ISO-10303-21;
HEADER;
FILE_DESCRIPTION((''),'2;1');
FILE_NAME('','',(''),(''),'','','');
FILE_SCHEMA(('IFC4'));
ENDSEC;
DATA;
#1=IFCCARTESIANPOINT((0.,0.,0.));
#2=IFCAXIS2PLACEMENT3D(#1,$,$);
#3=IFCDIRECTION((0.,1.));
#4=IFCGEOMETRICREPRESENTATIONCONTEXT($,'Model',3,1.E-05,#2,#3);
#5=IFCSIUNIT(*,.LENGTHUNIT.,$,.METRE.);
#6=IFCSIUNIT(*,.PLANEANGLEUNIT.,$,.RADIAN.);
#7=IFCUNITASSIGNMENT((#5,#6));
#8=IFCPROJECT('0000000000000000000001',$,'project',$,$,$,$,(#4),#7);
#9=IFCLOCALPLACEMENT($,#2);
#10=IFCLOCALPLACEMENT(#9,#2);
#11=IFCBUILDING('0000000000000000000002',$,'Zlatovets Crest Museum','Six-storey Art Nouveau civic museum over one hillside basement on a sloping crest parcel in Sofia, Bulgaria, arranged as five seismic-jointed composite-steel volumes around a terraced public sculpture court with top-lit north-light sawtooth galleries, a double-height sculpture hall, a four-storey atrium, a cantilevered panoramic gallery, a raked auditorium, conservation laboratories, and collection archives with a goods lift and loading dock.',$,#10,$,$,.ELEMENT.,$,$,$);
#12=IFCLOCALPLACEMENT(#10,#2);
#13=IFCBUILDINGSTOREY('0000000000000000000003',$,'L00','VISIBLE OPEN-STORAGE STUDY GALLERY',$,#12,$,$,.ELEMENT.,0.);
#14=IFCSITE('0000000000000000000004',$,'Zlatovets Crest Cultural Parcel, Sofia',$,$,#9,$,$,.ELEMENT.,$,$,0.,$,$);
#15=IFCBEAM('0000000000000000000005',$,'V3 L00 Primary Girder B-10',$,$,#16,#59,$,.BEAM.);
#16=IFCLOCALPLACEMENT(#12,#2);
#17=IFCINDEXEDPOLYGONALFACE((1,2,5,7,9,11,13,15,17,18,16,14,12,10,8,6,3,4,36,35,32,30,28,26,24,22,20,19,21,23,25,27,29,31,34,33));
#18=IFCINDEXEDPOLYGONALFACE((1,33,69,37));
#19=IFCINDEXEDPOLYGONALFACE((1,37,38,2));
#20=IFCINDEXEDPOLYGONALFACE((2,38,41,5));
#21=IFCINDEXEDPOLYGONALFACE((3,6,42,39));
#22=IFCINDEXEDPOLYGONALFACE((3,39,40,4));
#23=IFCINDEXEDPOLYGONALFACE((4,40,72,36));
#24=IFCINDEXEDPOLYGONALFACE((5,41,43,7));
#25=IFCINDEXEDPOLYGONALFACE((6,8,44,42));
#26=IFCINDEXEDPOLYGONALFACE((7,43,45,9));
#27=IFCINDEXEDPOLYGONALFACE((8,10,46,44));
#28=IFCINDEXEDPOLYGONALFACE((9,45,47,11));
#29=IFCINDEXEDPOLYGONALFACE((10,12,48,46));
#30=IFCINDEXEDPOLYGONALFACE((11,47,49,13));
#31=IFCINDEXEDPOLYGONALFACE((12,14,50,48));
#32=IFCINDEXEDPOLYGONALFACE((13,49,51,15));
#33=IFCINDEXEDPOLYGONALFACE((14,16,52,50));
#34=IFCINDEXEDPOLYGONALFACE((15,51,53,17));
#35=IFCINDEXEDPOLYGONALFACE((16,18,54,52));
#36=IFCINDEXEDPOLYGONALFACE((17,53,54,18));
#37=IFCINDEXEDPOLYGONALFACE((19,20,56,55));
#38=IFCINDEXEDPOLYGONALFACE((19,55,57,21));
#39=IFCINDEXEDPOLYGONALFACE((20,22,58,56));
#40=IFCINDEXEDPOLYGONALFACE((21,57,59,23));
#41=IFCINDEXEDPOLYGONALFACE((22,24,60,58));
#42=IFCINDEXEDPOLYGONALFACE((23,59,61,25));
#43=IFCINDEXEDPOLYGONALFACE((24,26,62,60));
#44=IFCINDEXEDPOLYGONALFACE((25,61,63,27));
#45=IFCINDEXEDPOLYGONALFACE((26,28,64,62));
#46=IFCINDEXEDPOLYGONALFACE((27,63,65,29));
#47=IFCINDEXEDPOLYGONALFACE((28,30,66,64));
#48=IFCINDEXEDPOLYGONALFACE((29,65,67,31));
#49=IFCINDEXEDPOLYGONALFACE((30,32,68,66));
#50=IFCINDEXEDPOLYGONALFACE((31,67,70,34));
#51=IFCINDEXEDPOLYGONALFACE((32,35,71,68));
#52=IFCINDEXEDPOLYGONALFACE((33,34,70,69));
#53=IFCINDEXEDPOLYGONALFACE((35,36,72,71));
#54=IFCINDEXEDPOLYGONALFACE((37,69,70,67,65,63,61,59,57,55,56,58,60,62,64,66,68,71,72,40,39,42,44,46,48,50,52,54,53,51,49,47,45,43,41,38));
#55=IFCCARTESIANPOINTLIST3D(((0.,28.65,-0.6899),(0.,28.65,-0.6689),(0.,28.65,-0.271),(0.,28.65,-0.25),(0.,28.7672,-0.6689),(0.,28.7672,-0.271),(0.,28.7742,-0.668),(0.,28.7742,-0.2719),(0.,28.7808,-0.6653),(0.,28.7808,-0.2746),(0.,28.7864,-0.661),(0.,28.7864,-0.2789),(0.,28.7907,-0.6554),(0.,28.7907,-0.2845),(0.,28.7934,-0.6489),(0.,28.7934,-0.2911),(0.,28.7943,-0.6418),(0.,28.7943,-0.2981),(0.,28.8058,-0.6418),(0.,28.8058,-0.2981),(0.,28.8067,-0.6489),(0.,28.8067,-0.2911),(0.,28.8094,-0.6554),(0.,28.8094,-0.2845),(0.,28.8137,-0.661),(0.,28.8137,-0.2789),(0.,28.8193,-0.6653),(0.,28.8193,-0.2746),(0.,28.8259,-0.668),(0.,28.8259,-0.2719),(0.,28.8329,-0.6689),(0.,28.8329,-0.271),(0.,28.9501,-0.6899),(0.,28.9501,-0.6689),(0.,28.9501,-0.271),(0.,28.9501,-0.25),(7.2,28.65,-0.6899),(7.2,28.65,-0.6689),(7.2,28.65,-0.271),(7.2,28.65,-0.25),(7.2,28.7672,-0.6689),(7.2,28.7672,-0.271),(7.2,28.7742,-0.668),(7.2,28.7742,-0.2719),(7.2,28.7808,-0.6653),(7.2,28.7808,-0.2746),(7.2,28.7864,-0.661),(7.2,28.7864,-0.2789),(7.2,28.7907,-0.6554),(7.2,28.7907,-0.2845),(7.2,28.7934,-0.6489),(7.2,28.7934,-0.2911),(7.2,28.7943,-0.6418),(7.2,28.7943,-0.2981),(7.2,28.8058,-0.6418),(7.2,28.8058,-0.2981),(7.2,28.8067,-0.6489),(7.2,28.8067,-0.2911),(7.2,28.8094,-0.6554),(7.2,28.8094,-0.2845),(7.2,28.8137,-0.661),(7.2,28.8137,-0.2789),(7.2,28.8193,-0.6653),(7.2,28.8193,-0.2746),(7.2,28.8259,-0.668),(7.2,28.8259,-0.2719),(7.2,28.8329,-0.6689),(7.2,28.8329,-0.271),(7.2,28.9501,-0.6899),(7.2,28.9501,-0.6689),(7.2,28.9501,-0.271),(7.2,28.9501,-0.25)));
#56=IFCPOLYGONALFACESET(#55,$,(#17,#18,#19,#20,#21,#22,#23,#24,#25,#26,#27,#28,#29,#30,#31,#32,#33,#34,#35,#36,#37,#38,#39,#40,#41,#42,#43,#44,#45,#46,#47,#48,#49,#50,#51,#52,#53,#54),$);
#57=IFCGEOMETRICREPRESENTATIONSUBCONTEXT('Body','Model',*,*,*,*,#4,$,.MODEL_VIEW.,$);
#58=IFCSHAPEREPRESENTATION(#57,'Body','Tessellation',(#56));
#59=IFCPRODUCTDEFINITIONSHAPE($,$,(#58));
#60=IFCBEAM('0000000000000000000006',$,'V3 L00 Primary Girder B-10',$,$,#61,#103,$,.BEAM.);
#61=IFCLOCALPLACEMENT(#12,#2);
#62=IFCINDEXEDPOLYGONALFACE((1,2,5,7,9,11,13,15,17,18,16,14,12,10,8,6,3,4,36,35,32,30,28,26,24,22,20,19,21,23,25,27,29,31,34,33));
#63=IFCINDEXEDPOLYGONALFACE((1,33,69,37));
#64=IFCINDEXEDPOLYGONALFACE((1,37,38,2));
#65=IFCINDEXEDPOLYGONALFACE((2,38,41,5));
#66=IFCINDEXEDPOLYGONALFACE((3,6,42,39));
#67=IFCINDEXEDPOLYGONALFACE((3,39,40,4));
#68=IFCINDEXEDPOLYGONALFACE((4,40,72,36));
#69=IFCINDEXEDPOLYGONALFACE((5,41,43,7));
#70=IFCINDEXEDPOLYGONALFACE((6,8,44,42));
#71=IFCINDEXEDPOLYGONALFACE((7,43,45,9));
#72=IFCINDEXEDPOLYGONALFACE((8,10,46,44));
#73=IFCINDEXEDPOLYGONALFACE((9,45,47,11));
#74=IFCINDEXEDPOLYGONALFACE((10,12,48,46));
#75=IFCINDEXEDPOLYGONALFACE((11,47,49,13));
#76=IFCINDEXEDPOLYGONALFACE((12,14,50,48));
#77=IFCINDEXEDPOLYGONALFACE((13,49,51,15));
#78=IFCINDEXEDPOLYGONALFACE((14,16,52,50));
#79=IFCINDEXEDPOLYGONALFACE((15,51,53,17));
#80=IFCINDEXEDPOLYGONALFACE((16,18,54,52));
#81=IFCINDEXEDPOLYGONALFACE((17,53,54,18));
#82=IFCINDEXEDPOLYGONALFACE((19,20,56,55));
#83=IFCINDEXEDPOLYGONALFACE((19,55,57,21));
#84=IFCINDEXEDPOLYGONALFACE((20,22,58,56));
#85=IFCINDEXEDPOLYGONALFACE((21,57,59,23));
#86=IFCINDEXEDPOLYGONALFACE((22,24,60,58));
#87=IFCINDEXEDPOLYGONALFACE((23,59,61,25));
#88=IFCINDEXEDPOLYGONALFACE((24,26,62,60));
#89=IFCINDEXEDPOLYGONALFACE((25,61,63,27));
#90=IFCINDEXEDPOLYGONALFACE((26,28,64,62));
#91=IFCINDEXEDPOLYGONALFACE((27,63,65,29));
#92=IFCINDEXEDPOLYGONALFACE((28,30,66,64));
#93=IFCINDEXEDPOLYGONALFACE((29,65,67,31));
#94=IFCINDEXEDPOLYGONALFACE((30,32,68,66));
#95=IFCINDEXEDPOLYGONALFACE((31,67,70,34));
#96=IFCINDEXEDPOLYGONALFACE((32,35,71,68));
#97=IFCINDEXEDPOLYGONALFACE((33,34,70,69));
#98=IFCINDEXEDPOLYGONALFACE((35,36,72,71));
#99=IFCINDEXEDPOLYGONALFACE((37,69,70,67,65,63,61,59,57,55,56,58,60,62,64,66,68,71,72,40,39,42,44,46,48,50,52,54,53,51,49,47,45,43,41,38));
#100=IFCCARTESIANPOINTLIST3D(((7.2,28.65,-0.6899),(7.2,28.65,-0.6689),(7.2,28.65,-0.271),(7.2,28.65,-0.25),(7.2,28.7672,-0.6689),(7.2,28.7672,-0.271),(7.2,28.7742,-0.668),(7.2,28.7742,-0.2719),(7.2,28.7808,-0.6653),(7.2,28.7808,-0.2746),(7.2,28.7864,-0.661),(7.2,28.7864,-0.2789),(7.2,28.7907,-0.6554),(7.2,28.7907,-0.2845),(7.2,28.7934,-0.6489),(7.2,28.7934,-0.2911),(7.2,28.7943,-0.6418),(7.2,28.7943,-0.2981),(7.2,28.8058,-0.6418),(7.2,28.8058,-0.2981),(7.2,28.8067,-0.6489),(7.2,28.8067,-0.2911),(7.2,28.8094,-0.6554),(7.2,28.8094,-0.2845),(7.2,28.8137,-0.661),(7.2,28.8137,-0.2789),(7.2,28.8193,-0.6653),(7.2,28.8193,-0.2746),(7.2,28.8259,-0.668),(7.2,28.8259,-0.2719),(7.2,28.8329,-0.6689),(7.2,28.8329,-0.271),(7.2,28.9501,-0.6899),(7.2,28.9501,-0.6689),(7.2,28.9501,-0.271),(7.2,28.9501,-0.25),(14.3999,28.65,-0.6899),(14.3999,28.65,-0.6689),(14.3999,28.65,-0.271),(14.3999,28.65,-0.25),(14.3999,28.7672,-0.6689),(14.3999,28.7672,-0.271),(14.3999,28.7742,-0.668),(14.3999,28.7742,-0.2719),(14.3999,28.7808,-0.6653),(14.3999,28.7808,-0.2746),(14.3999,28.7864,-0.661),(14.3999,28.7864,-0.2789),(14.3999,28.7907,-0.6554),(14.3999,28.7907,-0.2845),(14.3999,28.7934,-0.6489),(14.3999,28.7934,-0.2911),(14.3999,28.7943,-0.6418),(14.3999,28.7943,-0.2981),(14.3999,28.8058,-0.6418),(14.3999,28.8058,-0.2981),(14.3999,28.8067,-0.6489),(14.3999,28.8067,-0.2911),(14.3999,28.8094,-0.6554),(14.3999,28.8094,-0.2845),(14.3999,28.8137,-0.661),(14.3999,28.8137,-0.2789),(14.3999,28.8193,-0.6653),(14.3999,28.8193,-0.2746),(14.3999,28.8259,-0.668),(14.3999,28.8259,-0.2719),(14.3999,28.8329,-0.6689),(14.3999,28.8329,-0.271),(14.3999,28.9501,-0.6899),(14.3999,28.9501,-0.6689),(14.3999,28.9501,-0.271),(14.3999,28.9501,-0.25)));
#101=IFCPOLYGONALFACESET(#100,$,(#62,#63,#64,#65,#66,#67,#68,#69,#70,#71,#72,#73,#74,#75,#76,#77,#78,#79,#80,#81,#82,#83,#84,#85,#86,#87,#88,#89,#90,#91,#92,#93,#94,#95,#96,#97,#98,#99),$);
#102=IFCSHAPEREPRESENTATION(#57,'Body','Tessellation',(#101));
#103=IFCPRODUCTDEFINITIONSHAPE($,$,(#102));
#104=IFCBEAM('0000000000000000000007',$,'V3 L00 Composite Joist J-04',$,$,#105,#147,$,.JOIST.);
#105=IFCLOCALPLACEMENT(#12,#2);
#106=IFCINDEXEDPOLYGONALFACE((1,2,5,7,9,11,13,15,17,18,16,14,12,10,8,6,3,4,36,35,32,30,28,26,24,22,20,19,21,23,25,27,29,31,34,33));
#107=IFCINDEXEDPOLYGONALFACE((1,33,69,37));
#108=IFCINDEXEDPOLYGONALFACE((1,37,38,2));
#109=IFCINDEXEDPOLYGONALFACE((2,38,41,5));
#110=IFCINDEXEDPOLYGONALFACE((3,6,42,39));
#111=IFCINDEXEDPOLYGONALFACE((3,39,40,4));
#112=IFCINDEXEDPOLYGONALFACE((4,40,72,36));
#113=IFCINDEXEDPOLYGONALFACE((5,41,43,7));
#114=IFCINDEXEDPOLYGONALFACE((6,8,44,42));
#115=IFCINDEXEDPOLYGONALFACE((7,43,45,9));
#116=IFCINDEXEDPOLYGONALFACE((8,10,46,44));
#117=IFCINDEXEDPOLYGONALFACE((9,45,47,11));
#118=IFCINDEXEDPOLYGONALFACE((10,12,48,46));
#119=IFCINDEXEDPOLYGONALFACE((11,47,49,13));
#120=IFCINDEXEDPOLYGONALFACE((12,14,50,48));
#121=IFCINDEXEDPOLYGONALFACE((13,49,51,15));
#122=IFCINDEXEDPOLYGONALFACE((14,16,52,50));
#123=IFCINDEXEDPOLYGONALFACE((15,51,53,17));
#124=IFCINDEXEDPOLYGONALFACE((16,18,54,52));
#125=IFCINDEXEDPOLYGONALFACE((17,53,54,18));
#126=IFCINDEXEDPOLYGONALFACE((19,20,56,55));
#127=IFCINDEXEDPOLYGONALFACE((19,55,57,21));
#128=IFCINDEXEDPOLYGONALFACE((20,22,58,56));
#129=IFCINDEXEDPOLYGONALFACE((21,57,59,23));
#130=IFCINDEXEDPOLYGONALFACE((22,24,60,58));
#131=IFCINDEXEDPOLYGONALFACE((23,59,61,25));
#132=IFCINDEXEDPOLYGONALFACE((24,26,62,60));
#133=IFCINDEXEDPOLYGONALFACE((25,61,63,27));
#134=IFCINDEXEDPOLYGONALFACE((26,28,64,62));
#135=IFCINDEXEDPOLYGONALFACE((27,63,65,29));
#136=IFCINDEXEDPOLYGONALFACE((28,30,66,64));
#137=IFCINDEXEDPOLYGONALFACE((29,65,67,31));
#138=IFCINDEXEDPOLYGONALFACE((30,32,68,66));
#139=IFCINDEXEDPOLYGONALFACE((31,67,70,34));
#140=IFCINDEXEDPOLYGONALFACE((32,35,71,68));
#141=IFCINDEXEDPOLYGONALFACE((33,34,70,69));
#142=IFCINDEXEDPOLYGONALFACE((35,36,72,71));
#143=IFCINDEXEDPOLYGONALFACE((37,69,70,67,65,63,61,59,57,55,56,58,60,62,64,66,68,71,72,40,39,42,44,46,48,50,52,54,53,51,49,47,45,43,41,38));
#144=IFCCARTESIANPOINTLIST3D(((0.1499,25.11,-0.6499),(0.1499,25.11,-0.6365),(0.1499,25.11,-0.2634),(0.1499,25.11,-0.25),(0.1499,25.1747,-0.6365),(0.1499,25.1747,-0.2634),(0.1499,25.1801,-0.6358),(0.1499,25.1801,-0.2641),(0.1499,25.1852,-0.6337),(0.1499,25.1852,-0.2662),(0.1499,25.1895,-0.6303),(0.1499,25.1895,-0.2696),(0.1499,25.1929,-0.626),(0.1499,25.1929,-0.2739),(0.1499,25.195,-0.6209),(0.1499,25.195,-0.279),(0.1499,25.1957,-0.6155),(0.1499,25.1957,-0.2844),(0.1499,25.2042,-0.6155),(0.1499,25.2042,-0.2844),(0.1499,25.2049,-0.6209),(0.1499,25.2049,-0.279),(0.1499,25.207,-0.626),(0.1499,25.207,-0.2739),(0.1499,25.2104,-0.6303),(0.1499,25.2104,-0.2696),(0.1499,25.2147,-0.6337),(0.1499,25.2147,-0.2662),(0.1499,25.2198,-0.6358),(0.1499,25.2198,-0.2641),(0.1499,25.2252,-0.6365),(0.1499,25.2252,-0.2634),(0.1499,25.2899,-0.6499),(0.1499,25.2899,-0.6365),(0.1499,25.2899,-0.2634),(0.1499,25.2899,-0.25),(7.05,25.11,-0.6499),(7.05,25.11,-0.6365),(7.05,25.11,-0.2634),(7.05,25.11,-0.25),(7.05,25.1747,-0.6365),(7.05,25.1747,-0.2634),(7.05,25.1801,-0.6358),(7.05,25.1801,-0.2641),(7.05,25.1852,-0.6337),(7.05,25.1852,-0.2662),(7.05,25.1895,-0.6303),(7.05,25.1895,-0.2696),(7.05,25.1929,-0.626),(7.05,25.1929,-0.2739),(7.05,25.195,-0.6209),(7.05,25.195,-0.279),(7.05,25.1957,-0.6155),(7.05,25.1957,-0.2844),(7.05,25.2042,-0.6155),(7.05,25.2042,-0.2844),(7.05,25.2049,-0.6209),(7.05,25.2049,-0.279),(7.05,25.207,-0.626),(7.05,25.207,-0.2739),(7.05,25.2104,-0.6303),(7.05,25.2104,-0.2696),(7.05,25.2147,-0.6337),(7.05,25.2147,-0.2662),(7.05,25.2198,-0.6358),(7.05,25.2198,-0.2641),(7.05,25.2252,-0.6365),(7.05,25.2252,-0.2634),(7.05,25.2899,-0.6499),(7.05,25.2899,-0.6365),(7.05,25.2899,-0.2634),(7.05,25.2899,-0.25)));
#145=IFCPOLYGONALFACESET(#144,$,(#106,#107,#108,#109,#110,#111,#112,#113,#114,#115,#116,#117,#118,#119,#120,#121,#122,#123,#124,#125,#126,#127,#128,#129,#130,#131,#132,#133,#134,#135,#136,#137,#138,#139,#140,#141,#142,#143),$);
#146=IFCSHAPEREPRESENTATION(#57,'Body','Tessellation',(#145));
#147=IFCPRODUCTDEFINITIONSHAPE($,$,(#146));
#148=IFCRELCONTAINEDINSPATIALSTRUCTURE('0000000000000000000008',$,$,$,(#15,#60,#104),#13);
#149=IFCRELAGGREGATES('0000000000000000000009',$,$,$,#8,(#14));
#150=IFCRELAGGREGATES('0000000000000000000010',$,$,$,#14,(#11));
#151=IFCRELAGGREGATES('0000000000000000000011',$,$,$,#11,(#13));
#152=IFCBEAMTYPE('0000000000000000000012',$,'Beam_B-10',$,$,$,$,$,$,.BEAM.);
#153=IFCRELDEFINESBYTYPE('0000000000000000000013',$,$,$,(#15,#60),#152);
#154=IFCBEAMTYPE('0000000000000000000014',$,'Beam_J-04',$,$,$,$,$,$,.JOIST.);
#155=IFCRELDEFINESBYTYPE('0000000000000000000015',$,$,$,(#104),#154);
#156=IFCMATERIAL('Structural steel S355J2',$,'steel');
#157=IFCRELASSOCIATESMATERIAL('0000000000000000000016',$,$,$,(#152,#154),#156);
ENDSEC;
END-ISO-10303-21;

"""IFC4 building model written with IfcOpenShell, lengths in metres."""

from ifc_helpers import new_model, si_unit, direction, frame, origin, origin_2d, place, context, subcontext, project, spatial, i_section, extrude, material, material_profile, profile_set, type_object, element, save


model = new_model("IFC4")

# Units and contexts
model_context = context("Model", 3, precision=1e-05, world=origin(), true_north=direction((0.0, 1.0)))
body_context = subcontext(model_context, "Body", "Model", "MODEL_VIEW")
ifc_project = project(units=[si_unit("LENGTHUNIT", "METRE"), si_unit("PLANEANGLEUNIT", "RADIAN")], contexts=[model_context])

# Site, building, storey
site_placement = place(None, origin())
site = spatial("IfcSite", under=ifc_project, at=site_placement, Name="Zlatovets Crest Cultural Parcel, Sofia", CompositionType="ELEMENT", RefElevation=0.0)
building_placement = place(site_placement, origin())
building = spatial("IfcBuilding", under=site, at=building_placement, Name="Zlatovets Crest Museum", Description="Six-storey Art Nouveau civic museum over one hillside basement on a sloping crest parcel in Sofia, Bulgaria, arranged as five seismic-jointed composite-steel volumes around a terraced public sculpture court with top-lit north-light sawtooth galleries, a double-height sculpture hall, a four-storey atrium, a cantilevered panoramic gallery, a raked auditorium, conservation laboratories, and collection archives with a goods lift and loading dock.", CompositionType="ELEMENT")
storey_placement = place(building_placement, origin())
storey = spatial("IfcBuildingStorey", under=building, at=storey_placement, Name="L00", Description="VISIBLE OPEN-STORAGE STUDY GALLERY", CompositionType="ELEMENT", Elevation=0.0)

# Shared definitions
ifc_material_1 = material(Name="Structural steel S355J2", Category="steel")

# Beams
ifc_material_profile_1 = material_profile(ifc_material_1, i_section(OverallWidth=0.3, OverallDepth=0.4399, WebThickness=0.0115, FlangeThickness=0.021, FilletRadius=0.0271, at=origin_2d()), Name="HEA 450")
ifc_profile_set_1 = profile_set([ifc_material_profile_1], Name="Structural steel S355J2")
beam_type_1 = type_object("IfcBeamType", Name="Beam_B-10", PredefinedType="BEAM", material=ifc_profile_set_1)
for number, where, z_axis, x_axis, name in (
    (1, (0.0, 28.8, -0.47), (1.0, 0.0, 0.0), (0.0, 1.0, 0.0), "V3 L00 Primary Girder B-10"),
    (2, (7.2, 28.8, -0.47), (1.0, 0.0, 0.0), (0.0, 1.0, 0.0), "V3 L00 Primary Girder B-10"),
):
    element("IfcBeam", number, at=place(storey_placement, frame(where, z_axis=z_axis, x_axis=x_axis)), inside=storey, type_object=beam_type_1, Name=name, PredefinedType="BEAM", context=body_context, shape_type="SweptSolid", body=[
        extrude(i_section(OverallWidth=0.3, OverallDepth=0.4399, WebThickness=0.0115, FlangeThickness=0.021, FilletRadius=0.0271, at=origin_2d()), origin(), (0.0, 0.0, 1.0), 7.2),
    ])
ifc_material_profile_2 = material_profile(ifc_material_1, i_section(OverallWidth=0.1799, OverallDepth=0.3999, WebThickness=0.0085, FlangeThickness=0.0134, FilletRadius=0.021, at=origin_2d()), Name="IPE 400")
ifc_profile_set_2 = profile_set([ifc_material_profile_2], Name="Structural steel S355J2")
beam_type_2 = type_object("IfcBeamType", Name="Beam_J-04", PredefinedType="JOIST", material=ifc_profile_set_2)
beam_placement = place(storey_placement, frame((0.1499, 25.2, -0.45), z_axis=(1.0, 0.0, 0.0), x_axis=(0.0, 1.0, 0.0)))
element("IfcBeam", 3, at=beam_placement, inside=storey, type_object=beam_type_2, Name="V3 L00 Composite Joist J-04", PredefinedType="JOIST", context=body_context, shape_type="SweptSolid", body=[
    extrude(i_section(OverallWidth=0.1799, OverallDepth=0.3999, WebThickness=0.0085, FlangeThickness=0.0134, FilletRadius=0.021, at=origin_2d()), origin(), (0.0, 0.0, 1.0), 6.9001),
])

save(model, "model.ifc")
